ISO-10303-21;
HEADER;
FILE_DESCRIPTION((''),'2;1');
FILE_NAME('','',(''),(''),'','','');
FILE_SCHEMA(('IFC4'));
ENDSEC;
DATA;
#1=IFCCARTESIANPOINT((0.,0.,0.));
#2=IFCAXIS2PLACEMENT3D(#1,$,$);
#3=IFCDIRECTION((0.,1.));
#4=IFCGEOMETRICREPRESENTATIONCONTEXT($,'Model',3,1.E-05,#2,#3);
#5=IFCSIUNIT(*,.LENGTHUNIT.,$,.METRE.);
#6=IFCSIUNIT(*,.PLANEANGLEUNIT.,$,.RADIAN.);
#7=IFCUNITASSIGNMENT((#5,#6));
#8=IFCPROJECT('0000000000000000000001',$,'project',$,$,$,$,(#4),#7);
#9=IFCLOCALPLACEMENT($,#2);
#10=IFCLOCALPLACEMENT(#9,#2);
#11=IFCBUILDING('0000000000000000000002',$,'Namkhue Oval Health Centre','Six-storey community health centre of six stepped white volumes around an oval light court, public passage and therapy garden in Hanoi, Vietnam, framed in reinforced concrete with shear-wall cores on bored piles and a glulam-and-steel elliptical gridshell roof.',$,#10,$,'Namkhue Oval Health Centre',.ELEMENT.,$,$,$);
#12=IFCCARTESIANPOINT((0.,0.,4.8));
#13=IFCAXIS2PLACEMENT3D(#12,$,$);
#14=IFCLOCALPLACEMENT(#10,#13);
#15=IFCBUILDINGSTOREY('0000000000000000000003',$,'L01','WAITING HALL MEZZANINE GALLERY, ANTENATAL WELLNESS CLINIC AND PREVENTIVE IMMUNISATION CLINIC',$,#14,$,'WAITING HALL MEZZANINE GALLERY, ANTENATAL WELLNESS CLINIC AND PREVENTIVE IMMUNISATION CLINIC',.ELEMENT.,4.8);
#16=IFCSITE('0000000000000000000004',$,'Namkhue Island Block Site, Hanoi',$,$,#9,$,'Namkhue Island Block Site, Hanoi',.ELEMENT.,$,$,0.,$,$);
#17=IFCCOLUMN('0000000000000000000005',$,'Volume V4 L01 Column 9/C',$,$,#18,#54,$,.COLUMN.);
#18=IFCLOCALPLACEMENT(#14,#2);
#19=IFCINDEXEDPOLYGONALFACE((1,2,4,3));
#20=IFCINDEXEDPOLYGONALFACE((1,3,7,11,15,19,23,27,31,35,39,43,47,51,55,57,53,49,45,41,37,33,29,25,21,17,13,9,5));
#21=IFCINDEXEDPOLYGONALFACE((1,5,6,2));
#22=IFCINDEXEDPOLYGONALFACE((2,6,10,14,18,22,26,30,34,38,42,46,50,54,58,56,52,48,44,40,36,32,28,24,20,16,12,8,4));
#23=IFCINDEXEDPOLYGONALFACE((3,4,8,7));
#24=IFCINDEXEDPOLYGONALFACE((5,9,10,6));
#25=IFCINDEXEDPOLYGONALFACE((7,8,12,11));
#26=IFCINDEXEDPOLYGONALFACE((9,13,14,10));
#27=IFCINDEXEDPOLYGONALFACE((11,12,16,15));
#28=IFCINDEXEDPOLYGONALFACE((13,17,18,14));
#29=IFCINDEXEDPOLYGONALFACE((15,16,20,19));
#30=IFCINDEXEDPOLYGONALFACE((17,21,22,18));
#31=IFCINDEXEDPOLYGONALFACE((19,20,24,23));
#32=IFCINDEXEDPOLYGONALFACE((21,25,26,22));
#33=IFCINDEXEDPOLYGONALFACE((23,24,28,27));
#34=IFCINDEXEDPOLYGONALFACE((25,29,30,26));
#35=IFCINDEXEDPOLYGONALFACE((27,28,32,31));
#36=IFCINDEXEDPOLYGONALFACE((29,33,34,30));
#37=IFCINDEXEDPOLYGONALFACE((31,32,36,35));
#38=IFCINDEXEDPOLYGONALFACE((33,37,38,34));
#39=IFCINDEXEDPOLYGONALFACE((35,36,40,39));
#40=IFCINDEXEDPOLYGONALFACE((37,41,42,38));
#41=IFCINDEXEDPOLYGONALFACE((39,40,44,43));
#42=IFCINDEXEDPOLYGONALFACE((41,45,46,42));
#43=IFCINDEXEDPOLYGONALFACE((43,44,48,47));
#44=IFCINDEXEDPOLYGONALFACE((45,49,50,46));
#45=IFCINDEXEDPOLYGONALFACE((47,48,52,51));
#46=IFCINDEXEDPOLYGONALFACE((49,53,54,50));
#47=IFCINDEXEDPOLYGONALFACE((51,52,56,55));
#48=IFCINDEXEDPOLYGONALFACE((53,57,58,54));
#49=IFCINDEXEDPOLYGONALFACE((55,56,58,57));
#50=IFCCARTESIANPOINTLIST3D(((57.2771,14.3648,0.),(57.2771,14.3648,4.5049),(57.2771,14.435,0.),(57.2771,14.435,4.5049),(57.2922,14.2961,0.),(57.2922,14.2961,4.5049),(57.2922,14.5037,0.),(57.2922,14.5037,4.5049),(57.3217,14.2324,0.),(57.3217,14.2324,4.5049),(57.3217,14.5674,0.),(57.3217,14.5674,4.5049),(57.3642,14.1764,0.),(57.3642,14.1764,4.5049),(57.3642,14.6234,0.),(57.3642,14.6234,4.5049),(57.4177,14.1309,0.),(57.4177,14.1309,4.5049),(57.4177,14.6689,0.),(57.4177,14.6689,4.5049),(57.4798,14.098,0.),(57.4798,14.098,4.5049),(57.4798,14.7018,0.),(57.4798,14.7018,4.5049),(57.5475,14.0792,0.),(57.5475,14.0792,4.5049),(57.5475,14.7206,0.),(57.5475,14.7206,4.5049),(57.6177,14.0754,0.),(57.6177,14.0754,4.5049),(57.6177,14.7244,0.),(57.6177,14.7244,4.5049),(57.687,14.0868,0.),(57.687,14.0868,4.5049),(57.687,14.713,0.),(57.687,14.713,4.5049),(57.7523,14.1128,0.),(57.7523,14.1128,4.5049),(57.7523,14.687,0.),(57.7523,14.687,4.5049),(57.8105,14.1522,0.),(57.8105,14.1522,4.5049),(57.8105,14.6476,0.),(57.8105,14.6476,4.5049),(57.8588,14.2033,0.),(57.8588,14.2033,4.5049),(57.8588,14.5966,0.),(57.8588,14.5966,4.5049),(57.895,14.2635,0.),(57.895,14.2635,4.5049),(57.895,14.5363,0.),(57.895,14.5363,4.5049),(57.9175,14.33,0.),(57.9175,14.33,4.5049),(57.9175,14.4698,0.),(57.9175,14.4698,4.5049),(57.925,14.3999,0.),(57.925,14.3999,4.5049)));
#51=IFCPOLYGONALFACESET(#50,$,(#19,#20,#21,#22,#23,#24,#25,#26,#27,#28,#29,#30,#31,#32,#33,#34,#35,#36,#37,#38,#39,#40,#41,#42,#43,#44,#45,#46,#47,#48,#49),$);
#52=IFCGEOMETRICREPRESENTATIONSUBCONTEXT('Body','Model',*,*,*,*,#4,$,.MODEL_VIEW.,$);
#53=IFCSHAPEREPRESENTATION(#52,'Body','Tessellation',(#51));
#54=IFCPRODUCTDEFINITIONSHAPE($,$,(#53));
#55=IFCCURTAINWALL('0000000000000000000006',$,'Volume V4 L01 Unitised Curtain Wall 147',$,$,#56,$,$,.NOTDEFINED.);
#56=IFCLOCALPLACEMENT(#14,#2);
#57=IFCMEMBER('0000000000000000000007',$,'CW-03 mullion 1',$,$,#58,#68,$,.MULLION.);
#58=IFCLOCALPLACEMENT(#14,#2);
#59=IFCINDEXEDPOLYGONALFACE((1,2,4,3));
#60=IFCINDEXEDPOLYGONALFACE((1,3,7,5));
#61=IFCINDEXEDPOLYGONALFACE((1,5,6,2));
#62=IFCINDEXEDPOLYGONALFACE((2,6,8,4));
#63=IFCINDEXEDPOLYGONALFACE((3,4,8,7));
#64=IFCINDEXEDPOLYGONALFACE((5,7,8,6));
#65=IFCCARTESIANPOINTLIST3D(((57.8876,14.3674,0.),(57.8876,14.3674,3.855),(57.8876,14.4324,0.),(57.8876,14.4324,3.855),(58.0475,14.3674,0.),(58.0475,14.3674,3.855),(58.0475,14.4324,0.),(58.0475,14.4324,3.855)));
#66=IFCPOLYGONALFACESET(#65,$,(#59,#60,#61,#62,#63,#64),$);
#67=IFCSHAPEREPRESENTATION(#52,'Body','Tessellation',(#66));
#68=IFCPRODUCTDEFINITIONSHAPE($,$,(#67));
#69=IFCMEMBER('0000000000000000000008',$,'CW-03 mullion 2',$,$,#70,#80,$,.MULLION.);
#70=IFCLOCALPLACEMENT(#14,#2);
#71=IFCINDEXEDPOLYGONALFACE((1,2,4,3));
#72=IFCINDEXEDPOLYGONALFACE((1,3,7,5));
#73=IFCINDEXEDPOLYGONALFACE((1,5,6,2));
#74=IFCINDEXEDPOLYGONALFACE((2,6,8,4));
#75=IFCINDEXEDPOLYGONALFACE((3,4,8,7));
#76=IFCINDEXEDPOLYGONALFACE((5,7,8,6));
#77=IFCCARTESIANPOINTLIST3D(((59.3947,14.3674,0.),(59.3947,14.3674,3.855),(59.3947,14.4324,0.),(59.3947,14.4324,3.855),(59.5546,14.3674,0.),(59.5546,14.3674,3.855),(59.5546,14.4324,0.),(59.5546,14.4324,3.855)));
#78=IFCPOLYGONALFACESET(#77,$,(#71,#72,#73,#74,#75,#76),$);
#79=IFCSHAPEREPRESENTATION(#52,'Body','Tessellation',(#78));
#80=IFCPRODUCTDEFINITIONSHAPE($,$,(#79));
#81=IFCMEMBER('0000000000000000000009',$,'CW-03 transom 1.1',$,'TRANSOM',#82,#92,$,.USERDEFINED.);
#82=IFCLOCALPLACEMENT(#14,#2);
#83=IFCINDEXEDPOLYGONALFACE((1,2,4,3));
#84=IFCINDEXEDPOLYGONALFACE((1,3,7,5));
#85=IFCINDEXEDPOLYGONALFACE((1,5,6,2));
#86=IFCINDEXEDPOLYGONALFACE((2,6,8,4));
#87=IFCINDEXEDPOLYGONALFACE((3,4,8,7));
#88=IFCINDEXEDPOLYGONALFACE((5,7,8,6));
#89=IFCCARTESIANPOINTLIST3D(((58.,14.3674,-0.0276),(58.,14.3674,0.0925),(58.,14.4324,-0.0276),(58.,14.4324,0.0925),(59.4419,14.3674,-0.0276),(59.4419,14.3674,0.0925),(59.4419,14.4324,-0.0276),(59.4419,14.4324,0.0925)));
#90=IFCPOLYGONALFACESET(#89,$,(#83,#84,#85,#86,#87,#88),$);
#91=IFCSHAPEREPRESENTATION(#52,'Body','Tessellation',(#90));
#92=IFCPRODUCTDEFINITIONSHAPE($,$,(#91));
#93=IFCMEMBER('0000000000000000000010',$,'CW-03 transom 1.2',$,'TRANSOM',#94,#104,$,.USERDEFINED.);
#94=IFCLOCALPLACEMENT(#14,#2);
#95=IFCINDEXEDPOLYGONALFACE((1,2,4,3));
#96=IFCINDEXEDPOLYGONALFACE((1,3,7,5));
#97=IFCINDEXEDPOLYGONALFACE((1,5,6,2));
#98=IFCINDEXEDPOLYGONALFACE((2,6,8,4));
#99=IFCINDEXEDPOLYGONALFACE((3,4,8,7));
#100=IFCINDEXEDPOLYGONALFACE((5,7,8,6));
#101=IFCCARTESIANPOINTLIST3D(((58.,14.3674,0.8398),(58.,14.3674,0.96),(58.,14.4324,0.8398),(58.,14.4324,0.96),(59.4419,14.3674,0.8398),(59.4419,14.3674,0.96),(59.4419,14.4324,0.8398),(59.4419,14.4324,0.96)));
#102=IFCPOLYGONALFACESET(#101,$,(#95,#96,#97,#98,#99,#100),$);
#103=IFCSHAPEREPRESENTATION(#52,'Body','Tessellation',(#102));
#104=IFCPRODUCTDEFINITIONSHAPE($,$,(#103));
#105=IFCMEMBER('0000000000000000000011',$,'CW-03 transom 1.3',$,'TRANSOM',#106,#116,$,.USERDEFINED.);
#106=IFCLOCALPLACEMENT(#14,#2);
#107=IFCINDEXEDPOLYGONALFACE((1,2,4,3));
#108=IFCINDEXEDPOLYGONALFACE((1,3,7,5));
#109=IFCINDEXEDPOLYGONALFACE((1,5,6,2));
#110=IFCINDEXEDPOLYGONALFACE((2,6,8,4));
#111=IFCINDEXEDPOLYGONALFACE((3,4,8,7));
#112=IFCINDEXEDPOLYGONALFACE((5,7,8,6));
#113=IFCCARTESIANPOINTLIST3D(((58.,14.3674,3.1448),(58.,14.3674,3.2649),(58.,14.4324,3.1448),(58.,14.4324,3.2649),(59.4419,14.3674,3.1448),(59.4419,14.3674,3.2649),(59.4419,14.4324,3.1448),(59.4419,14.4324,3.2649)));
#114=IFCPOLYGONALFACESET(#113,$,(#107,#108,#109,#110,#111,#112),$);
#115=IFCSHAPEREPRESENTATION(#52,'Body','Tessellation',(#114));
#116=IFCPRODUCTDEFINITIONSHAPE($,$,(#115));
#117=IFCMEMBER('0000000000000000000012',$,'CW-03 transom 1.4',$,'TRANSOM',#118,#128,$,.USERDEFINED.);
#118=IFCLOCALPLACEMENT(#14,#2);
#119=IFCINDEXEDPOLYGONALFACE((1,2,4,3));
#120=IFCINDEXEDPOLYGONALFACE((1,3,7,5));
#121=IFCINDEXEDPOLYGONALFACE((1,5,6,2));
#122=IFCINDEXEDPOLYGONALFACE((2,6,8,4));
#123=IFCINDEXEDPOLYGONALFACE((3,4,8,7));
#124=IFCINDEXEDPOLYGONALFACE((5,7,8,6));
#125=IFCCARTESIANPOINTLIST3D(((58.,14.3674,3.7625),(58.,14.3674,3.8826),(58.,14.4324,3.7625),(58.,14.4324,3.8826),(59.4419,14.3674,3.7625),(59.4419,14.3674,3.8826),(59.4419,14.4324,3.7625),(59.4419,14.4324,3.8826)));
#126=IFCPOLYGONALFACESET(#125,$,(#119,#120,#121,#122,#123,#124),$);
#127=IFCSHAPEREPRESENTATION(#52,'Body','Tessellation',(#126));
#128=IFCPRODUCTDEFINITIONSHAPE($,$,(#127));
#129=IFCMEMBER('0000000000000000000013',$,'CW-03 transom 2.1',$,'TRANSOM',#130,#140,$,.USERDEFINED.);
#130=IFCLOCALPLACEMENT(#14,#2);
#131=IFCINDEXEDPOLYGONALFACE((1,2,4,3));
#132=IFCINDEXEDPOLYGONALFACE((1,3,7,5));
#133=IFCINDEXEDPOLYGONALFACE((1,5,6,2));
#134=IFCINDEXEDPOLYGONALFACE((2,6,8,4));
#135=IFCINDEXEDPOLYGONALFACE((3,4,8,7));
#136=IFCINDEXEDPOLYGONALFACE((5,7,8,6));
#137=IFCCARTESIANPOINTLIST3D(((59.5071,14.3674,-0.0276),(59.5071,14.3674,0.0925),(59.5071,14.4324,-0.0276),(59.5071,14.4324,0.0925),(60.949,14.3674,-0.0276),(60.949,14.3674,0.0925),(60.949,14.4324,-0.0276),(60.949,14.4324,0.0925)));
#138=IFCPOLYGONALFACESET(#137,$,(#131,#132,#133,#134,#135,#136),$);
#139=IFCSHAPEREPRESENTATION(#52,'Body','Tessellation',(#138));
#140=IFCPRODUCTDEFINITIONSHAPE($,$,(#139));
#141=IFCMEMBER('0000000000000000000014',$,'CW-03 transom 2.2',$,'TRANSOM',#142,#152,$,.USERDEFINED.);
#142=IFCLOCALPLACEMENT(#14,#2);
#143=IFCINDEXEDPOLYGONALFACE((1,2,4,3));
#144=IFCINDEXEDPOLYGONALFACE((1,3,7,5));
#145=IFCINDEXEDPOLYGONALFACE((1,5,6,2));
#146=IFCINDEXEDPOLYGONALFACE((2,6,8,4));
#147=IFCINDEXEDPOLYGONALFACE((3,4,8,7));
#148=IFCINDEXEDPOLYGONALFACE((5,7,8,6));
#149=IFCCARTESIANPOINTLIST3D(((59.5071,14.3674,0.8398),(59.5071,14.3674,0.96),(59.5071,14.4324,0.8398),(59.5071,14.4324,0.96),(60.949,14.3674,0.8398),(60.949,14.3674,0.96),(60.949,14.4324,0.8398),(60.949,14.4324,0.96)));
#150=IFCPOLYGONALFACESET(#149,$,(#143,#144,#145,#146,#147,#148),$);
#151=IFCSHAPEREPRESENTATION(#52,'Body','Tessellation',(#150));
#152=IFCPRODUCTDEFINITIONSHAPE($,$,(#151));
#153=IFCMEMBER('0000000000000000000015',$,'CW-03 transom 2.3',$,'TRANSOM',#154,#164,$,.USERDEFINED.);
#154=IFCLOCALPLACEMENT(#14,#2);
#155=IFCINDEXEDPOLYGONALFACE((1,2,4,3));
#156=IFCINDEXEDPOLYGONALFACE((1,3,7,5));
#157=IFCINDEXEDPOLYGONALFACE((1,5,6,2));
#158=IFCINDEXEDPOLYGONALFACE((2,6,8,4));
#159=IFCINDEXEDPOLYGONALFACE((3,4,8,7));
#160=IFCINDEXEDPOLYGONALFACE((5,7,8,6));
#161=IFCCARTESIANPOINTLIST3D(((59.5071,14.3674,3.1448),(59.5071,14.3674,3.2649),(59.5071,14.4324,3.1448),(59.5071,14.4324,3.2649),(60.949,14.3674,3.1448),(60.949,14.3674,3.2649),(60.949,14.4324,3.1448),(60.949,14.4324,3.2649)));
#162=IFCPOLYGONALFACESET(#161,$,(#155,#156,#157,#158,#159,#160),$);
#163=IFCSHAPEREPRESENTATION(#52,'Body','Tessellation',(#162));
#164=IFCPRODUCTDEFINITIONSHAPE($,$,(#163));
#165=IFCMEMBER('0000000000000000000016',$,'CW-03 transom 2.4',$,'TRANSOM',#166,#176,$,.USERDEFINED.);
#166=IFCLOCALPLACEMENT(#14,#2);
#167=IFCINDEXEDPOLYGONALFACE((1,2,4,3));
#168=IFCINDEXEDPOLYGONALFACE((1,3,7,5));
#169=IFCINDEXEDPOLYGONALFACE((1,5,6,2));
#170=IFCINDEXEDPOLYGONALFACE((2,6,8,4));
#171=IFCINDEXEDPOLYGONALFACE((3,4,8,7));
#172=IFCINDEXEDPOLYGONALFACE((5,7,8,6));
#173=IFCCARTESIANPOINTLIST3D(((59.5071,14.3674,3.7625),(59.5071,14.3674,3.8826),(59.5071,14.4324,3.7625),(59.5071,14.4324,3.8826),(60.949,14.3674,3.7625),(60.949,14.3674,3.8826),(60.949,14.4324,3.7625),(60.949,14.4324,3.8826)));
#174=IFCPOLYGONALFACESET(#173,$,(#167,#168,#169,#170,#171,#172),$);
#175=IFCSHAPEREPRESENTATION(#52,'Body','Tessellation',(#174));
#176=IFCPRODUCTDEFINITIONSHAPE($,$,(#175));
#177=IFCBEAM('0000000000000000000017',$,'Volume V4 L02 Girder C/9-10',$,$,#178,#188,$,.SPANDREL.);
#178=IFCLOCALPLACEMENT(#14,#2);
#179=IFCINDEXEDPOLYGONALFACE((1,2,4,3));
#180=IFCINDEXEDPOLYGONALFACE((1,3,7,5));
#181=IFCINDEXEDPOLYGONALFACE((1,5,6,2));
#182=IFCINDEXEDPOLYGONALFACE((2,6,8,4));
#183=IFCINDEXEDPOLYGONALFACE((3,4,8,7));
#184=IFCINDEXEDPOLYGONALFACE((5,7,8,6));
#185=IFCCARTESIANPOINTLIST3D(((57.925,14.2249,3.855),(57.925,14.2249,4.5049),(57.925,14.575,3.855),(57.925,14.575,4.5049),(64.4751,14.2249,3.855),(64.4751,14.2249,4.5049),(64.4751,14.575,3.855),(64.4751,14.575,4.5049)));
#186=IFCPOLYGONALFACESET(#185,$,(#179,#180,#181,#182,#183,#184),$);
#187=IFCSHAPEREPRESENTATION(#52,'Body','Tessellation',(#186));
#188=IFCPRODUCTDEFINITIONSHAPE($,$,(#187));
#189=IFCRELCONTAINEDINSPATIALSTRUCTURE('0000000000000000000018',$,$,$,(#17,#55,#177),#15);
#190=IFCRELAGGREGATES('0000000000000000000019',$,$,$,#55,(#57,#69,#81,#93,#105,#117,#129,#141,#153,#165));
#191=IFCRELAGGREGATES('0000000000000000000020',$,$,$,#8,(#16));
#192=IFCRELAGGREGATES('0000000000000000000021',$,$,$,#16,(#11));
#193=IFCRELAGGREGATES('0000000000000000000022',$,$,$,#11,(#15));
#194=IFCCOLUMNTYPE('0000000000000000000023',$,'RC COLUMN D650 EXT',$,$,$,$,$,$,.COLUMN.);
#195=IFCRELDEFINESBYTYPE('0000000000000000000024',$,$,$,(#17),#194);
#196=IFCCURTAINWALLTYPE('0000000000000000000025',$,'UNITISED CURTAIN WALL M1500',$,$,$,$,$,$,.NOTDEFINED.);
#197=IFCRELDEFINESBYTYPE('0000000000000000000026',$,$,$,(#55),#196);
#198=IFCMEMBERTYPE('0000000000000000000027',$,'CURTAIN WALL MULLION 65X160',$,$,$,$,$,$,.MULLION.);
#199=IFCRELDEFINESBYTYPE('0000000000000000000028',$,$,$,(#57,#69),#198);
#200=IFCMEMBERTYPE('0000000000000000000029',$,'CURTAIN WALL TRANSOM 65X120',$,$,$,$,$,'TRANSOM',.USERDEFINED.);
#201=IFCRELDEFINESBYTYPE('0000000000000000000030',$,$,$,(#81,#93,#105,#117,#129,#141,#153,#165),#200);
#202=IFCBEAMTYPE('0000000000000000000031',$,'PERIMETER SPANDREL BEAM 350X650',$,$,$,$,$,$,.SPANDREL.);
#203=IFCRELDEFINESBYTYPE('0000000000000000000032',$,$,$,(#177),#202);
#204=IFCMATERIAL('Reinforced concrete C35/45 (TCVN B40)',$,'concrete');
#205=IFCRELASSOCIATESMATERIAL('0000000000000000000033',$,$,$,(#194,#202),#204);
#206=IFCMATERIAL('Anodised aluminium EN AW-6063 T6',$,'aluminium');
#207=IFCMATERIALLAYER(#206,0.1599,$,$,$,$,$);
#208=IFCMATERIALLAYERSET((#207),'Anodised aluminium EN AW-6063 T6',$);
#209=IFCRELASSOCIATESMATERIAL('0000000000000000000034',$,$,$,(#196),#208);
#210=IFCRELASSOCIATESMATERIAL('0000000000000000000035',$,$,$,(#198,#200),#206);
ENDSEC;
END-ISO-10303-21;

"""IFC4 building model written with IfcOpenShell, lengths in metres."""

from ifc_helpers import new_model, si_unit, direction, frame, origin, origin_2d, place, context, subcontext, project, spatial, rectangle, circle, extrude, material, layer, layer_set, material_profile, profile_set, type_object, element, aggregate, save


model = new_model("IFC4")

# Units and contexts
model_context = context("Model", 3, precision=1e-05, world=origin(), true_north=direction((0.0, 1.0)))
body_context = subcontext(model_context, "Body", "Model", "MODEL_VIEW")
ifc_project = project(units=[si_unit("LENGTHUNIT", "METRE"), si_unit("PLANEANGLEUNIT", "RADIAN")], contexts=[model_context])

# Site, building, storey
site_placement = place(None, origin())
site = spatial("IfcSite", under=ifc_project, at=site_placement, Name="Namkhue Island Block Site, Hanoi", LongName="Namkhue Island Block Site, Hanoi", CompositionType="ELEMENT", RefElevation=0.0)
building_placement = place(site_placement, origin())
building = spatial("IfcBuilding", under=site, at=building_placement, Name="Namkhue Oval Health Centre", Description="Six-storey community health centre of six stepped white volumes around an oval light court, public passage and therapy garden in Hanoi, Vietnam, framed in reinforced concrete with shear-wall cores on bored piles and a glulam-and-steel elliptical gridshell roof.", LongName="Namkhue Oval Health Centre", CompositionType="ELEMENT")
storey_placement = place(building_placement, frame((0.0, 0.0, 4.8)))
storey = spatial("IfcBuildingStorey", under=building, at=storey_placement, Name="L01", Description="WAITING HALL MEZZANINE GALLERY, ANTENATAL WELLNESS CLINIC AND PREVENTIVE IMMUNISATION CLINIC", LongName="WAITING HALL MEZZANINE GALLERY, ANTENATAL WELLNESS CLINIC AND PREVENTIVE IMMUNISATION CLINIC", CompositionType="ELEMENT", Elevation=4.8)

# Column
ifc_material_1 = material(Name="Reinforced concrete C35/45 (TCVN B40)", Category="concrete")
ifc_material_profile_1 = material_profile(ifc_material_1, circle(Radius=0.325, at=origin_2d()), Name="RC D650")
ifc_profile_set_1 = profile_set([ifc_material_profile_1], Name="Reinforced concrete C35/45 (TCVN B40)")
column_type = type_object("IfcColumnType", Name="RC COLUMN D650 EXT", PredefinedType="COLUMN", material=ifc_profile_set_1)
column_placement = place(storey_placement, frame((57.6001, 14.3999, 0.0), z_axis=(0.0, 0.0, 1.0), x_axis=(1.0, 0.0, 0.0)))
element("IfcColumn", 1, at=column_placement, inside=storey, type_object=column_type, Name="Volume V4 L01 Column 9/C", PredefinedType="COLUMN", context=body_context, shape_type="SweptSolid", body=[
    extrude(circle(Radius=0.325, at=origin_2d()), origin(), (0.0, 0.0, 1.0), 4.5049),
])

# Curtain wall, members
ifc_material_2 = material(Name="Anodised aluminium EN AW-6063 T6", Category="aluminium")
ifc_layer_1 = layer(ifc_material_2, 0.1599)
ifc_layer_set_1 = layer_set([ifc_layer_1], Name="Anodised aluminium EN AW-6063 T6")
curtain_wall_type = type_object("IfcCurtainWallType", Name="UNITISED CURTAIN WALL M1500", PredefinedType="NOTDEFINED", material=ifc_layer_set_1)
curtain_wall_placement = place(storey_placement, origin())
curtain_wall = element("IfcCurtainWall", 2, at=curtain_wall_placement, inside=storey, type_object=curtain_wall_type, Name="Volume V4 L01 Unitised Curtain Wall 147", PredefinedType="NOTDEFINED")
ifc_material_profile_2 = material_profile(ifc_material_2, rectangle(XDim=0.0649, YDim=0.1599, at=origin_2d()), Name="ALU 65x160")
ifc_profile_set_2 = profile_set([ifc_material_profile_2], Name="Anodised aluminium EN AW-6063 T6")
member_type_1 = type_object("IfcMemberType", Name="CURTAIN WALL MULLION 65X160", PredefinedType="MULLION", material=ifc_profile_set_2)
member_1_placement = place(storey_placement, frame((57.9675, 14.3999, 0.0), z_axis=(0.0, 0.0, 1.0), x_axis=(0.0, 1.0, 0.0)))
member_1 = element("IfcMember", 3, at=member_1_placement, type_object=member_type_1, Name="CW-03 mullion 1", PredefinedType="MULLION", context=body_context, shape_type="SweptSolid", body=[
    extrude(rectangle(XDim=0.0649, YDim=0.1599, at=origin_2d()), origin(), (0.0, 0.0, 1.0), 3.855),
])
member_2_placement = place(storey_placement, frame((59.4746, 14.3999, 0.0), z_axis=(0.0, 0.0, 1.0), x_axis=(0.0, 1.0, 0.0)))
member_2 = element("IfcMember", 4, at=member_2_placement, type_object=member_type_1, Name="CW-03 mullion 2", PredefinedType="MULLION", context=body_context, shape_type="SweptSolid", body=[
    extrude(rectangle(XDim=0.0649, YDim=0.1599, at=origin_2d()), origin(), (0.0, 0.0, 1.0), 3.855),
])
ifc_material_profile_3 = material_profile(ifc_material_2, rectangle(XDim=0.0649, YDim=0.1201, at=origin_2d()), Name="ALU 65x120")
ifc_profile_set_3 = profile_set([ifc_material_profile_3], Name="Anodised aluminium EN AW-6063 T6")
member_type_2 = type_object("IfcMemberType", Name="CURTAIN WALL TRANSOM 65X120", ElementType="TRANSOM", PredefinedType="USERDEFINED", material=ifc_profile_set_3)
member_3_placement = place(storey_placement, frame((58.0, 14.3999, 0.0325), z_axis=(1.0, 0.0, 0.0), x_axis=(0.0, 1.0, 0.0)))
member_3 = element("IfcMember", 5, at=member_3_placement, type_object=member_type_2, Name="CW-03 transom 1.1", ObjectType="TRANSOM", PredefinedType="USERDEFINED", context=body_context, shape_type="SweptSolid", body=[
    extrude(rectangle(XDim=0.0649, YDim=0.1201, at=origin_2d()), origin(), (0.0, 0.0, 1.0), 1.4419),
])
member_4_placement = place(storey_placement, frame((58.0, 14.3999, 0.8999), z_axis=(1.0, 0.0, 0.0), x_axis=(0.0, 1.0, 0.0)))
member_4 = element("IfcMember", 6, at=member_4_placement, type_object=member_type_2, Name="CW-03 transom 1.2", ObjectType="TRANSOM", PredefinedType="USERDEFINED", context=body_context, shape_type="SweptSolid", body=[
    extrude(rectangle(XDim=0.0649, YDim=0.1201, at=origin_2d()), origin(), (0.0, 0.0, 1.0), 1.4419),
])
member_5_placement = place(storey_placement, frame((58.0, 14.3999, 3.2048), z_axis=(1.0, 0.0, 0.0), x_axis=(0.0, 1.0, 0.0)))
member_5 = element("IfcMember", 7, at=member_5_placement, type_object=member_type_2, Name="CW-03 transom 1.3", ObjectType="TRANSOM", PredefinedType="USERDEFINED", context=body_context, shape_type="SweptSolid", body=[
    extrude(rectangle(XDim=0.0649, YDim=0.1201, at=origin_2d()), origin(), (0.0, 0.0, 1.0), 1.4419),
])
member_6_placement = place(storey_placement, frame((58.0, 14.3999, 3.8225), z_axis=(1.0, 0.0, 0.0), x_axis=(0.0, 1.0, 0.0)))
member_6 = element("IfcMember", 8, at=member_6_placement, type_object=member_type_2, Name="CW-03 transom 1.4", ObjectType="TRANSOM", PredefinedType="USERDEFINED", context=body_context, shape_type="SweptSolid", body=[
    extrude(rectangle(XDim=0.0649, YDim=0.1201, at=origin_2d()), origin(), (0.0, 0.0, 1.0), 1.4419),
])
member_7_placement = place(storey_placement, frame((59.5071, 14.3999, 0.0325), z_axis=(1.0, 0.0, 0.0), x_axis=(0.0, 1.0, 0.0)))
member_7 = element("IfcMember", 9, at=member_7_placement, type_object=member_type_2, Name="CW-03 transom 2.1", ObjectType="TRANSOM", PredefinedType="USERDEFINED", context=body_context, shape_type="SweptSolid", body=[
    extrude(rectangle(XDim=0.0649, YDim=0.1201, at=origin_2d()), origin(), (0.0, 0.0, 1.0), 1.4419),
])
member_8_placement = place(storey_placement, frame((59.5071, 14.3999, 0.8999), z_axis=(1.0, 0.0, 0.0), x_axis=(0.0, 1.0, 0.0)))
member_8 = element("IfcMember", 10, at=member_8_placement, type_object=member_type_2, Name="CW-03 transom 2.2", ObjectType="TRANSOM", PredefinedType="USERDEFINED", context=body_context, shape_type="SweptSolid", body=[
    extrude(rectangle(XDim=0.0649, YDim=0.1201, at=origin_2d()), origin(), (0.0, 0.0, 1.0), 1.4419),
])
member_9_placement = place(storey_placement, frame((59.5071, 14.3999, 3.2048), z_axis=(1.0, 0.0, 0.0), x_axis=(0.0, 1.0, 0.0)))
member_9 = element("IfcMember", 11, at=member_9_placement, type_object=member_type_2, Name="CW-03 transom 2.3", ObjectType="TRANSOM", PredefinedType="USERDEFINED", context=body_context, shape_type="SweptSolid", body=[
    extrude(rectangle(XDim=0.0649, YDim=0.1201, at=origin_2d()), origin(), (0.0, 0.0, 1.0), 1.4419),
])
member_10_placement = place(storey_placement, frame((59.5071, 14.3999, 3.8225), z_axis=(1.0, 0.0, 0.0), x_axis=(0.0, 1.0, 0.0)))
member_10 = element("IfcMember", 12, at=member_10_placement, type_object=member_type_2, Name="CW-03 transom 2.4", ObjectType="TRANSOM", PredefinedType="USERDEFINED", context=body_context, shape_type="SweptSolid", body=[
    extrude(rectangle(XDim=0.0649, YDim=0.1201, at=origin_2d()), origin(), (0.0, 0.0, 1.0), 1.4419),
])

# Beam
ifc_material_profile_4 = material_profile(ifc_material_1, rectangle(XDim=0.3501, YDim=0.6499, at=origin_2d()), Name="RC 350x650")
ifc_profile_set_4 = profile_set([ifc_material_profile_4], Name="Reinforced concrete C35/45 (TCVN B40)")
beam_type = type_object("IfcBeamType", Name="PERIMETER SPANDREL BEAM 350X650", PredefinedType="SPANDREL", material=ifc_profile_set_4)
beam_placement = place(storey_placement, frame((57.925, 14.3999, 4.1799), z_axis=(1.0, 0.0, 0.0), x_axis=(0.0, 1.0, 0.0)))
element("IfcBeam", 13, at=beam_placement, inside=storey, type_object=beam_type, Name="Volume V4 L02 Girder C/9-10", PredefinedType="SPANDREL", context=body_context, shape_type="SweptSolid", body=[
    extrude(rectangle(XDim=0.3501, YDim=0.6499, at=origin_2d()), origin(), (0.0, 0.0, 1.0), 6.55),
])

aggregate(curtain_wall, [member_1, member_2, member_3, member_4, member_5, member_6, member_7, member_8, member_9, member_10])

save(model, "model.ifc")
